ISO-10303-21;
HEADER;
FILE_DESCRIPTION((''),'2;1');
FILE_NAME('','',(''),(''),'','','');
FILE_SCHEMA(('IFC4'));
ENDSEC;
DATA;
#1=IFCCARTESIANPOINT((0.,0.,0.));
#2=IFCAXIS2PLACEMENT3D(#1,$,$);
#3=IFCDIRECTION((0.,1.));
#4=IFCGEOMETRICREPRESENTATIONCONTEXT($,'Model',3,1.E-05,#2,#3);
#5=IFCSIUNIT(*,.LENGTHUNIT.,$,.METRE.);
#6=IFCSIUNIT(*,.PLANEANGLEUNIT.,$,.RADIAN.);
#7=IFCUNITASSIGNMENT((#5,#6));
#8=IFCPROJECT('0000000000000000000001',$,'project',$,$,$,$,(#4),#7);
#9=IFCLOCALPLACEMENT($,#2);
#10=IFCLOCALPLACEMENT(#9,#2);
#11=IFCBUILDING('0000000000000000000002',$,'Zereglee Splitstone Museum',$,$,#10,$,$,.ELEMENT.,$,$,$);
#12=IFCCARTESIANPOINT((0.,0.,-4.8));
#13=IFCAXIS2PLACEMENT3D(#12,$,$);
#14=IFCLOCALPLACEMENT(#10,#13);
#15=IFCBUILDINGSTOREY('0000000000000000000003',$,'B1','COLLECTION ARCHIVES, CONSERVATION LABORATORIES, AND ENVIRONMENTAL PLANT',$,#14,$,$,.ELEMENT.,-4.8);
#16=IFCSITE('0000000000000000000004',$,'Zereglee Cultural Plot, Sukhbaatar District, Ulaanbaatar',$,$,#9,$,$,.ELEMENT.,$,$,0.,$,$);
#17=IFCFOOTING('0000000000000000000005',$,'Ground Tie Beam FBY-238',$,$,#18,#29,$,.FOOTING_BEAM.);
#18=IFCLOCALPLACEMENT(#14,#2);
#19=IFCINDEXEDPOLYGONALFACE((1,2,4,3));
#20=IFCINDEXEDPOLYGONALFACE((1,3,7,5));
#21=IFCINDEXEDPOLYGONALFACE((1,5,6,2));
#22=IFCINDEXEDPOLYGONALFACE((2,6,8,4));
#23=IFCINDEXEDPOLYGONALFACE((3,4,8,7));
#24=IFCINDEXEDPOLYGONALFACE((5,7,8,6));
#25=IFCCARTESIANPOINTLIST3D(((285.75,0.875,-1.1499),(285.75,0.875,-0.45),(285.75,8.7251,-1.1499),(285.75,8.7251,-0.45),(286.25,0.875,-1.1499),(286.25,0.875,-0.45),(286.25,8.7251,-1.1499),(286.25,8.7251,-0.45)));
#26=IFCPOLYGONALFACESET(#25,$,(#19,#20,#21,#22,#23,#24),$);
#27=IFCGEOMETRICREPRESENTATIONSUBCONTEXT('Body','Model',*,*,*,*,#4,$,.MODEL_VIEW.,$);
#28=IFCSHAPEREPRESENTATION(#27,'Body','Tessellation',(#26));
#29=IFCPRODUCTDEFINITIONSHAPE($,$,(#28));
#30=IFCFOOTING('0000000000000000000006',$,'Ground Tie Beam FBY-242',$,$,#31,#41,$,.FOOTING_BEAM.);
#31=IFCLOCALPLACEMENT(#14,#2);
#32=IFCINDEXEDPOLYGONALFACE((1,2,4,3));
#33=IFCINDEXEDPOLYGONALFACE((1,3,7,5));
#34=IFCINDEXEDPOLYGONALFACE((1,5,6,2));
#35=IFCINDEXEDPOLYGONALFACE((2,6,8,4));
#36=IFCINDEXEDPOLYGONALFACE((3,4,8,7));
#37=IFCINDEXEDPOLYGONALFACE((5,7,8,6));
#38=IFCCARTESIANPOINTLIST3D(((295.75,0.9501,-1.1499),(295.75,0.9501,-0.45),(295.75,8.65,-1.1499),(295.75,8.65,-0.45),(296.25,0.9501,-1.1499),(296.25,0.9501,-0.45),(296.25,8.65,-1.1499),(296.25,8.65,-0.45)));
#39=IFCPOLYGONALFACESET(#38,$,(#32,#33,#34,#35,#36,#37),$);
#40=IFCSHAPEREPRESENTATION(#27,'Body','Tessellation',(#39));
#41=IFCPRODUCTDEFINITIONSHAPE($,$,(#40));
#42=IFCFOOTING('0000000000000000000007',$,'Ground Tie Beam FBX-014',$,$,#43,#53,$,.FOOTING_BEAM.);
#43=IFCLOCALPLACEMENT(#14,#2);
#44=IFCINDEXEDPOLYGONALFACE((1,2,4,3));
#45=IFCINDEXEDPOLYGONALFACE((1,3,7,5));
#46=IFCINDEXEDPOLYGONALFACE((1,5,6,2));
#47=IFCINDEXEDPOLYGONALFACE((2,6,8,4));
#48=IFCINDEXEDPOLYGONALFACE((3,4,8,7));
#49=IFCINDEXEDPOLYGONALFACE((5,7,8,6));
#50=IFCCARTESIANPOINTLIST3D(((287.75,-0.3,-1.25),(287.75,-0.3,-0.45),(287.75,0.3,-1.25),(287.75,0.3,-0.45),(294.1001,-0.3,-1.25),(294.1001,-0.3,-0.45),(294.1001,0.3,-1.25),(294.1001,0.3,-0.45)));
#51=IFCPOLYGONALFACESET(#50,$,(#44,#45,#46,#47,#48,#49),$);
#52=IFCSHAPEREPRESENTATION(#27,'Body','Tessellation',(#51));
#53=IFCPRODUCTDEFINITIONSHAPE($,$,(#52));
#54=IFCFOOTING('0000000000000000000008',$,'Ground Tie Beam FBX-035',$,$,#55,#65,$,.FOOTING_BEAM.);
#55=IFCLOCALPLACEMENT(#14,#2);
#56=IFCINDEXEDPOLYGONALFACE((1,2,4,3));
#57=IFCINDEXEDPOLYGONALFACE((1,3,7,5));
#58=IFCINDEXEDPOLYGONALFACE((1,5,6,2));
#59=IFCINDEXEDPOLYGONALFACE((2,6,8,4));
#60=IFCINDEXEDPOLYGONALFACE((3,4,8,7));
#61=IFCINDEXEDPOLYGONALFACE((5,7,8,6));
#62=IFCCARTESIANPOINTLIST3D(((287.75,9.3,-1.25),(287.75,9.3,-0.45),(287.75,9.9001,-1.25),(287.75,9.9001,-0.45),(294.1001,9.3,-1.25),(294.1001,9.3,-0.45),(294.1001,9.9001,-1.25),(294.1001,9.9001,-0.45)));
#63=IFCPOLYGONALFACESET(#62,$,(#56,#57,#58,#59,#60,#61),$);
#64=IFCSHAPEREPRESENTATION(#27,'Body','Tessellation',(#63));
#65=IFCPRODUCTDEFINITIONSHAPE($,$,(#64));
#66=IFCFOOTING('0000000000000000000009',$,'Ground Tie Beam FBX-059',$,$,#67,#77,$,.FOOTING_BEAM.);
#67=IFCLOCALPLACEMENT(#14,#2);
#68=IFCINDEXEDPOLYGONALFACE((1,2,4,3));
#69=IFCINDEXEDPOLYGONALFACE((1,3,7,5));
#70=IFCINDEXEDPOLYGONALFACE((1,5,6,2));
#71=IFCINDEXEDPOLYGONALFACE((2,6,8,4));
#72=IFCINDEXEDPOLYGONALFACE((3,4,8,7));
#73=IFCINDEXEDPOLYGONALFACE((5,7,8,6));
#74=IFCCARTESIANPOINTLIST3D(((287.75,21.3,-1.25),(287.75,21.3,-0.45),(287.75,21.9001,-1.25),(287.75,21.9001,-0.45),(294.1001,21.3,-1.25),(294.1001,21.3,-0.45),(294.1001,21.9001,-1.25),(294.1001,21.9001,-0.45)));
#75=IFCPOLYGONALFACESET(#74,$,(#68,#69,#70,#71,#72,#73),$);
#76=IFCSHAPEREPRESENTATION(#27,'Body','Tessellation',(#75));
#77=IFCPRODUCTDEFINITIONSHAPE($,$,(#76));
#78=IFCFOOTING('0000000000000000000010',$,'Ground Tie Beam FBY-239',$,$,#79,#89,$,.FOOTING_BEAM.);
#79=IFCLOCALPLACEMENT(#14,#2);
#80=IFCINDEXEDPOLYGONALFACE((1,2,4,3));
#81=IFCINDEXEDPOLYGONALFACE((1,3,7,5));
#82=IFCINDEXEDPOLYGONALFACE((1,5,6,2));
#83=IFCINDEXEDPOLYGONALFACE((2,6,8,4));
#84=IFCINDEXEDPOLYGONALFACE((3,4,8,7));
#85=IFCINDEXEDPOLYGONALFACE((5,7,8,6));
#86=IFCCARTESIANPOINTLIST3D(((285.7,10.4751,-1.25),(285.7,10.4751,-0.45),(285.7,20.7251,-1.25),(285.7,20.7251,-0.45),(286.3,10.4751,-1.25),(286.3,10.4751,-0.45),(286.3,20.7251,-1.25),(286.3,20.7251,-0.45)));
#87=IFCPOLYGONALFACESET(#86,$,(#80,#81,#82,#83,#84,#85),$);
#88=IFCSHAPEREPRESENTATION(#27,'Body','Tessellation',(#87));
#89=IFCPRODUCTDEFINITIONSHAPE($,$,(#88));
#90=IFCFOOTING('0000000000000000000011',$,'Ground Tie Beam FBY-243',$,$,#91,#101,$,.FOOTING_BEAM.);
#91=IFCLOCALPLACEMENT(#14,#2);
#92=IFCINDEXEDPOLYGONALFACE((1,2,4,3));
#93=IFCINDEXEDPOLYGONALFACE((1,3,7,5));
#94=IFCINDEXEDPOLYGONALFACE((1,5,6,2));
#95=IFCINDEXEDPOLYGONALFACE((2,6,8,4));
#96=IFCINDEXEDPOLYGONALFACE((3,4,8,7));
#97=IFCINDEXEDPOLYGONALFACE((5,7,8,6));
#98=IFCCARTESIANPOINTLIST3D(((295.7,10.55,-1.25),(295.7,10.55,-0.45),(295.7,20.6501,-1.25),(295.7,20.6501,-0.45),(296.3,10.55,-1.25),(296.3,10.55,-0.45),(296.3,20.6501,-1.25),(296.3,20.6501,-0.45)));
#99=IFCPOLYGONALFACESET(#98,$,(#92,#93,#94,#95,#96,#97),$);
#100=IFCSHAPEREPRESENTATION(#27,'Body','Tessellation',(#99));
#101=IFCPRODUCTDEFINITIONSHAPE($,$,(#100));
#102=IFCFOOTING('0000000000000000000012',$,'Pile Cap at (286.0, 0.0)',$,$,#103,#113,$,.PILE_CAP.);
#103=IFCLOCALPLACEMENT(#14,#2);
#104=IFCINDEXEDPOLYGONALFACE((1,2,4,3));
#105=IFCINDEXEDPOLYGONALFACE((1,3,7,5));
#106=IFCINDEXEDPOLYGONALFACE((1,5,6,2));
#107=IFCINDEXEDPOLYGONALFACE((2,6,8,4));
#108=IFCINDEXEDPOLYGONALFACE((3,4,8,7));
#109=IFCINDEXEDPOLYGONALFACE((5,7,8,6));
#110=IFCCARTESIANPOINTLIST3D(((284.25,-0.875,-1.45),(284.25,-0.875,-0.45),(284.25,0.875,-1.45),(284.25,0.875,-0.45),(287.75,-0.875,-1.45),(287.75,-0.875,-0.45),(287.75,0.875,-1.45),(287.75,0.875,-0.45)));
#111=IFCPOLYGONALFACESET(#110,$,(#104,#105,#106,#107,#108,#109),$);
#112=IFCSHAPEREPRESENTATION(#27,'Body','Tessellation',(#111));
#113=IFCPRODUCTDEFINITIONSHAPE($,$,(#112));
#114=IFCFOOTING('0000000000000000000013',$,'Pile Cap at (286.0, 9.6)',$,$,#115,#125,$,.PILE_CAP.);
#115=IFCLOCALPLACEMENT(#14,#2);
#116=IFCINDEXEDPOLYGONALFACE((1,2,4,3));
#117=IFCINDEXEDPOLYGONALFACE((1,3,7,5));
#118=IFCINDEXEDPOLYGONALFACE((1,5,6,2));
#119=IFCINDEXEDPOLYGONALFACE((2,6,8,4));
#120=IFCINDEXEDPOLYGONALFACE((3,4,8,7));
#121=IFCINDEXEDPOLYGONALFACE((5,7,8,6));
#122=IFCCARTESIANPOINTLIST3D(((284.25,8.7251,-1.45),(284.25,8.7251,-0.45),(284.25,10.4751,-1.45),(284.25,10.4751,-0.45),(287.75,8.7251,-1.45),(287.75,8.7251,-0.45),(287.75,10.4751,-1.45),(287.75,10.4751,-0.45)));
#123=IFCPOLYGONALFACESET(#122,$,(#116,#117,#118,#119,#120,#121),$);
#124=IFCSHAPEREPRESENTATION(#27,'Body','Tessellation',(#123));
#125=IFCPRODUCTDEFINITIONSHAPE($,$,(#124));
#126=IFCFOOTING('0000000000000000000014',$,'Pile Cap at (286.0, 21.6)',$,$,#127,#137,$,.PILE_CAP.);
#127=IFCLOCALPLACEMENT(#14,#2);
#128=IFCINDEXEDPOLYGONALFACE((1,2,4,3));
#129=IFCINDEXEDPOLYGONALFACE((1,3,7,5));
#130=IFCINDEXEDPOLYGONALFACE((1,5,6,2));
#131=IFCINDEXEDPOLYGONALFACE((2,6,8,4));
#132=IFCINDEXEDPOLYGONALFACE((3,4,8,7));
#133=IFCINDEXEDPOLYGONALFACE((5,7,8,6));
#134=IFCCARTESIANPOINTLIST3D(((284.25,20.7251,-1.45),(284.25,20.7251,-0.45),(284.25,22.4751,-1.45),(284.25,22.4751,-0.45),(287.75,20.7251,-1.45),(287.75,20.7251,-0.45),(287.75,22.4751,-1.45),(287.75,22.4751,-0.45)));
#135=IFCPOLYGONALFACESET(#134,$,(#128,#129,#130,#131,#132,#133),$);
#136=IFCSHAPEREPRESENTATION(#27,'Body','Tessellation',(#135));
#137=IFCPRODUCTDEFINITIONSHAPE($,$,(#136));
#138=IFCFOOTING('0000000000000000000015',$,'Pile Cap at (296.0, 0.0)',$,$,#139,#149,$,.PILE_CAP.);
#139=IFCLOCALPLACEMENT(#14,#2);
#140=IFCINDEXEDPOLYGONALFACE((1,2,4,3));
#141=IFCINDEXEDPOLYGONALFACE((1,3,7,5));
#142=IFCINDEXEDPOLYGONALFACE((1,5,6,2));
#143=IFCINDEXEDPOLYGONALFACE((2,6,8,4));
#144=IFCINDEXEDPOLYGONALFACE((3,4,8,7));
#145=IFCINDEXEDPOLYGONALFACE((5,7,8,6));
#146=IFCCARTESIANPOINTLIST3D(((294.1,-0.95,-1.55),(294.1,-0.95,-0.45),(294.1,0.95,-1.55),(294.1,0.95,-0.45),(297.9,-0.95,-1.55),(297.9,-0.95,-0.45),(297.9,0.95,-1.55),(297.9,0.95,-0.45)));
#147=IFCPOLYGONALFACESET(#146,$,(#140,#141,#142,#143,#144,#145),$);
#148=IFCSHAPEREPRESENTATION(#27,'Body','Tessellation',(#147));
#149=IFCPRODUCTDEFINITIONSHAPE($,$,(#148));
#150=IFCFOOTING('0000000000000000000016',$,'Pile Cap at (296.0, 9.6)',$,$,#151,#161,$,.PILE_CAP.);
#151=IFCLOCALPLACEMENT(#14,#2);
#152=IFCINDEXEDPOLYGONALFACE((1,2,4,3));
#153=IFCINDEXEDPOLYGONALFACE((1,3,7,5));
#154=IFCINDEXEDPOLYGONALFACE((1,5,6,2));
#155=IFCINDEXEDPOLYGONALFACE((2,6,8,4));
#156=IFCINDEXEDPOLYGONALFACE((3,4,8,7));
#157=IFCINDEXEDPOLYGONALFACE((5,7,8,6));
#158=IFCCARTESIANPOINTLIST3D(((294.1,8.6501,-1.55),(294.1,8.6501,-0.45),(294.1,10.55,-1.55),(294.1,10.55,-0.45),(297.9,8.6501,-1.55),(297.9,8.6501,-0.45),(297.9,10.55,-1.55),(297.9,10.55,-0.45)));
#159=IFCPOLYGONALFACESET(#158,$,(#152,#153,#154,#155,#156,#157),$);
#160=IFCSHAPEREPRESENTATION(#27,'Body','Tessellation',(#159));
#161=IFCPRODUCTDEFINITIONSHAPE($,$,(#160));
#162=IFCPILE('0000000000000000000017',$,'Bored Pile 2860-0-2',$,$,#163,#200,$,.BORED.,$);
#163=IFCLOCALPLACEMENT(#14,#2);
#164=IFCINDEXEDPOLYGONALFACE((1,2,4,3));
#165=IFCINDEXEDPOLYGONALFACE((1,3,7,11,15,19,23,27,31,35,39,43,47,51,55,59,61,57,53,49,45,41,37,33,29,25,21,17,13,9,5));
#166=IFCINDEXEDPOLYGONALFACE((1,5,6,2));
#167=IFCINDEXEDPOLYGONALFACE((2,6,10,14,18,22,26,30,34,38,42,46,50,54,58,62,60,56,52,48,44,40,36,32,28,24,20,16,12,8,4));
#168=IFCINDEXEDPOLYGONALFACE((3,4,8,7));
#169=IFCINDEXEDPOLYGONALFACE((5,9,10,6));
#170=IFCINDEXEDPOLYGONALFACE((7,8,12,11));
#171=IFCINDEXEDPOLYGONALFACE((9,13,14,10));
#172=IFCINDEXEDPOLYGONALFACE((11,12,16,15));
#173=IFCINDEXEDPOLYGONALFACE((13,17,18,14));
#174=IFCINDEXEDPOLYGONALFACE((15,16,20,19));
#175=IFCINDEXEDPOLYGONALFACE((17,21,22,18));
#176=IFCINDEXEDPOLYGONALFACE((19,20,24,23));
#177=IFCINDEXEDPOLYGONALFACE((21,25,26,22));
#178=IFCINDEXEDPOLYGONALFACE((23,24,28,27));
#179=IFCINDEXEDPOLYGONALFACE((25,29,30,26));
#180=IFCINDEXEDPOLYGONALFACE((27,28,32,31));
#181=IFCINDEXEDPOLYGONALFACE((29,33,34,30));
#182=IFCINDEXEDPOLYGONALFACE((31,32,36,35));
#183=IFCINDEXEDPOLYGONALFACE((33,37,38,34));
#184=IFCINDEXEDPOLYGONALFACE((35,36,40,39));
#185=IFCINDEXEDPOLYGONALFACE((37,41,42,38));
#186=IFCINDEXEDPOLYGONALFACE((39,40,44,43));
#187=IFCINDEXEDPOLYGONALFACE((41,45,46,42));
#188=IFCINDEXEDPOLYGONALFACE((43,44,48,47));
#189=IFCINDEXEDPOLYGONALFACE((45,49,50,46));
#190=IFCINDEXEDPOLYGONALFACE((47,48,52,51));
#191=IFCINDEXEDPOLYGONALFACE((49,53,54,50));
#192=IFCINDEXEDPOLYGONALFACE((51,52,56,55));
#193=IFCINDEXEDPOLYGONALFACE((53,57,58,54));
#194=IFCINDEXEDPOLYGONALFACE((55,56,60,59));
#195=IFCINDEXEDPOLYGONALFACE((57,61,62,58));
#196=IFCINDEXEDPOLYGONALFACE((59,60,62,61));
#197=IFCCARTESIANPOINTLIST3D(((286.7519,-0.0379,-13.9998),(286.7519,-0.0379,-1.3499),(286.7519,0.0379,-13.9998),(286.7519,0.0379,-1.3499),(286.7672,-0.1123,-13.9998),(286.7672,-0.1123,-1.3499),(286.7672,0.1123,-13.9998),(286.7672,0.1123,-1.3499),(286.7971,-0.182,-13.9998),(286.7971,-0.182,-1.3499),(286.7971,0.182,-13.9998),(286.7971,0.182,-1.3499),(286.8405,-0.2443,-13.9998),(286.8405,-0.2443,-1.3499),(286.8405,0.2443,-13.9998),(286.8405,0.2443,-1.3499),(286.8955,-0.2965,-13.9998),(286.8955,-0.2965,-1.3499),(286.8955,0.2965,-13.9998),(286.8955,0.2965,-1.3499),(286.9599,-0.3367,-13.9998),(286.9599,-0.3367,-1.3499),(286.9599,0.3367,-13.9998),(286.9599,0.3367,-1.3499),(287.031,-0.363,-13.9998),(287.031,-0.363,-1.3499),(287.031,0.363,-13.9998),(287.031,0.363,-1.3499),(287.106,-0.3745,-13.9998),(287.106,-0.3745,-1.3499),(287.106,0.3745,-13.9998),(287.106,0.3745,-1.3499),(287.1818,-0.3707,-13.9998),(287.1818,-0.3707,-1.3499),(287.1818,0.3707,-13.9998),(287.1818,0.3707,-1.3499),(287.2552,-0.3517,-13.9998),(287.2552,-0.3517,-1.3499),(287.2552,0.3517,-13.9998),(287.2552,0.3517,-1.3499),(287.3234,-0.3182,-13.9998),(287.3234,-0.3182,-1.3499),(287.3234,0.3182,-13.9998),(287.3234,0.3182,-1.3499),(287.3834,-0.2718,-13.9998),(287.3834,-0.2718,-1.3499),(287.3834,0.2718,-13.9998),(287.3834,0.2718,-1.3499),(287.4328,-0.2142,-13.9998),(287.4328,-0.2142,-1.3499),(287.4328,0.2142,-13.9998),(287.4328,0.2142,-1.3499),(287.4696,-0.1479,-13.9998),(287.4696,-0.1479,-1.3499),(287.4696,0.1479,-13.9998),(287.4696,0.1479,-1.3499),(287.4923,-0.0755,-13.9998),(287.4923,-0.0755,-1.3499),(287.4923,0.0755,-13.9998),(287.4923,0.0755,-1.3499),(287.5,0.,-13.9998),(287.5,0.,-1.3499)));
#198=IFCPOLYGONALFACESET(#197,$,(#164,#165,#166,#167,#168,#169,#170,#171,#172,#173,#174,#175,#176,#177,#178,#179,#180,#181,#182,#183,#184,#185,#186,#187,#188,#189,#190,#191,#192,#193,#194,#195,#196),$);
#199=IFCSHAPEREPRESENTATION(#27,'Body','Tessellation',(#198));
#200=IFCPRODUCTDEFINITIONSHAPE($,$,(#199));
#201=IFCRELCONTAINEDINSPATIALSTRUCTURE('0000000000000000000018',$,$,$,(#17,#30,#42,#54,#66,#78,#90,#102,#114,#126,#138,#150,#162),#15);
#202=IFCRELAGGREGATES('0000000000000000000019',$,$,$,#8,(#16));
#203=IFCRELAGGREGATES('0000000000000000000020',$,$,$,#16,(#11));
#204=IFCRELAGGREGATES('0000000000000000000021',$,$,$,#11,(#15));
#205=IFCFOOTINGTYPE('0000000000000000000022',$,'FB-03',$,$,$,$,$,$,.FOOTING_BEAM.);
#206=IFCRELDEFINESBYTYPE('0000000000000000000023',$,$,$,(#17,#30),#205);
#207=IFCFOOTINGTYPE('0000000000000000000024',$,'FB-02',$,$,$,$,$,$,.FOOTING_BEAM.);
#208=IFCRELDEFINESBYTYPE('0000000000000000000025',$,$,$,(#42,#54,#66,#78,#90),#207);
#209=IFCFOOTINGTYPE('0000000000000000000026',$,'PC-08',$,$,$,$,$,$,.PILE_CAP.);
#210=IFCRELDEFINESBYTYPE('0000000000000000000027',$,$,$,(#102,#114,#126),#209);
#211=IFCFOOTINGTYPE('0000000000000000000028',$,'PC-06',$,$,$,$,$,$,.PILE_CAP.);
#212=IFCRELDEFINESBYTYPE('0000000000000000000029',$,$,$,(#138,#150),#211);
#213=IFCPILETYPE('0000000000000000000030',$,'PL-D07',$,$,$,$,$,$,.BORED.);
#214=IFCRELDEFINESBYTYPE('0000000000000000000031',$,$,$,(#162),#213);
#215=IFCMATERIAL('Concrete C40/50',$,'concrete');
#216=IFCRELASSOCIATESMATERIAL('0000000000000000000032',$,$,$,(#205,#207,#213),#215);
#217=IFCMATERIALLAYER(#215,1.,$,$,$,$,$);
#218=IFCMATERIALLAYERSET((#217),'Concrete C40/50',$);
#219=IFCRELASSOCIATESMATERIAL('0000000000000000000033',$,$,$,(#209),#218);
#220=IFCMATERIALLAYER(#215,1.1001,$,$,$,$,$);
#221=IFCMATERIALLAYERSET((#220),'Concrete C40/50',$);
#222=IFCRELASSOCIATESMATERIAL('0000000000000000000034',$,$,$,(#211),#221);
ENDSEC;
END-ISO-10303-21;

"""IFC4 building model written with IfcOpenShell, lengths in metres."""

from ifc_helpers import new_model, si_unit, direction, frame, origin, origin_2d, place, context, subcontext, project, spatial, rectangle, circle, extrude, material, layer, layer_set, material_profile, profile_set, type_object, element, save


model = new_model("IFC4")

# Units and contexts
model_context = context("Model", 3, precision=1e-05, world=origin(), true_north=direction((0.0, 1.0)))
body_context = subcontext(model_context, "Body", "Model", "MODEL_VIEW")
ifc_project = project(units=[si_unit("LENGTHUNIT", "METRE"), si_unit("PLANEANGLEUNIT", "RADIAN")], contexts=[model_context])

# Site, building, storey
site_placement = place(None, origin())
site = spatial("IfcSite", under=ifc_project, at=site_placement, Name="Zereglee Cultural Plot, Sukhbaatar District, Ulaanbaatar", CompositionType="ELEMENT", RefElevation=0.0)
building_placement = place(site_placement, origin())
building = spatial("IfcBuilding", under=site, at=building_placement, Name="Zereglee Splitstone Museum", CompositionType="ELEMENT")
storey_placement = place(building_placement, frame((0.0, 0.0, -4.8)))
storey = spatial("IfcBuildingStorey", under=building, at=storey_placement, Name="B1", Description="COLLECTION ARCHIVES, CONSERVATION LABORATORIES, AND ENVIRONMENTAL PLANT", CompositionType="ELEMENT", Elevation=-4.8)

# Footings
ifc_material_1 = material(Name="Concrete C40/50", Category="concrete")
footing_type_1 = type_object("IfcFootingType", Name="FB-03", PredefinedType="FOOTING_BEAM", material=ifc_material_1)
footing_1_placement = place(storey_placement, frame((286.0, 4.8, -1.1499), z_axis=(0.0, 0.0, 1.0), x_axis=(0.0, 1.0, 0.0)))
element("IfcFooting", 1, at=footing_1_placement, inside=storey, type_object=footing_type_1, Name="Ground Tie Beam FBY-238", PredefinedType="FOOTING_BEAM", context=body_context, shape_type="SweptSolid", body=[
    extrude(rectangle(XDim=7.8501, YDim=0.5, at=origin_2d()), origin(), (0.0, 0.0, 1.0), 0.7),
])
footing_2_placement = place(storey_placement, frame((296.0, 4.8, -1.1499), z_axis=(0.0, 0.0, 1.0), x_axis=(0.0, 1.0, 0.0)))
element("IfcFooting", 2, at=footing_2_placement, inside=storey, type_object=footing_type_1, Name="Ground Tie Beam FBY-242", PredefinedType="FOOTING_BEAM", context=body_context, shape_type="SweptSolid", body=[
    extrude(rectangle(XDim=7.7, YDim=0.5, at=origin_2d()), origin(), (0.0, 0.0, 1.0), 0.7),
])
footing_type_2 = type_object("IfcFootingType", Name="FB-02", PredefinedType="FOOTING_BEAM", material=ifc_material_1)
for number, where, z_axis, x_axis, name in (
    (3, (290.925, 0.0, -1.25), (0.0, 0.0, 1.0), (1.0, 0.0, 0.0), "Ground Tie Beam FBX-014"),
    (4, (290.925, 9.6001, -1.25), (0.0, 0.0, 1.0), (1.0, 0.0, 0.0), "Ground Tie Beam FBX-035"),
    (5, (290.925, 21.6001, -1.25), (0.0, 0.0, 1.0), (1.0, 0.0, 0.0), "Ground Tie Beam FBX-059"),
):
    element("IfcFooting", number, at=place(storey_placement, frame(where, z_axis=z_axis, x_axis=x_axis)), inside=storey, type_object=footing_type_2, Name=name, PredefinedType="FOOTING_BEAM", context=body_context, shape_type="SweptSolid", body=[
        extrude(rectangle(XDim=6.3501, YDim=0.6001, at=origin_2d()), origin(), (0.0, 0.0, 1.0), 0.8),
    ])
footing_3_placement = place(storey_placement, frame((286.0, 15.6001, -1.25), z_axis=(0.0, 0.0, 1.0), x_axis=(0.0, 1.0, 0.0)))
element("IfcFooting", 6, at=footing_3_placement, inside=storey, type_object=footing_type_2, Name="Ground Tie Beam FBY-239", PredefinedType="FOOTING_BEAM", context=body_context, shape_type="SweptSolid", body=[
    extrude(rectangle(XDim=10.25, YDim=0.6001, at=origin_2d()), origin(), (0.0, 0.0, 1.0), 0.8),
])
footing_4_placement = place(storey_placement, frame((296.0, 15.6001, -1.25), z_axis=(0.0, 0.0, 1.0), x_axis=(0.0, 1.0, 0.0)))
element("IfcFooting", 7, at=footing_4_placement, inside=storey, type_object=footing_type_2, Name="Ground Tie Beam FBY-243", PredefinedType="FOOTING_BEAM", context=body_context, shape_type="SweptSolid", body=[
    extrude(rectangle(XDim=10.1001, YDim=0.6001, at=origin_2d()), origin(), (0.0, 0.0, 1.0), 0.8),
])
ifc_layer_1 = layer(ifc_material_1, 1.0)
ifc_layer_set_1 = layer_set([ifc_layer_1], Name="Concrete C40/50")
footing_type_3 = type_object("IfcFootingType", Name="PC-08", PredefinedType="PILE_CAP", material=ifc_layer_set_1)
for number, where, z_axis, x_axis, name in (
    (8, (286.0, 0.0, -1.45), (0.0, 0.0, 1.0), (1.0, 0.0, 0.0), "Pile Cap at (286.0, 0.0)"),
    (9, (286.0, 9.6001, -1.45), (0.0, 0.0, 1.0), (1.0, 0.0, 0.0), "Pile Cap at (286.0, 9.6)"),
    (10, (286.0, 21.6001, -1.45), (0.0, 0.0, 1.0), (1.0, 0.0, 0.0), "Pile Cap at (286.0, 21.6)"),
):
    element("IfcFooting", number, at=place(storey_placement, frame(where, z_axis=z_axis, x_axis=x_axis)), inside=storey, type_object=footing_type_3, Name=name, PredefinedType="PILE_CAP", context=body_context, shape_type="SweptSolid", body=[
        extrude(rectangle(XDim=3.5, YDim=1.75, at=origin_2d()), origin(), (0.0, 0.0, 1.0), 1.0),
    ])
ifc_layer_2 = layer(ifc_material_1, 1.1001)
ifc_layer_set_2 = layer_set([ifc_layer_2], Name="Concrete C40/50")
footing_type_4 = type_object("IfcFootingType", Name="PC-06", PredefinedType="PILE_CAP", material=ifc_layer_set_2)
for number, where, z_axis, x_axis, name in (
    (11, (296.0, 0.0, -1.55), (0.0, 0.0, 1.0), (1.0, 0.0, 0.0), "Pile Cap at (296.0, 0.0)"),
    (12, (296.0, 9.6001, -1.55), (0.0, 0.0, 1.0), (1.0, 0.0, 0.0), "Pile Cap at (296.0, 9.6)"),
):
    element("IfcFooting", number, at=place(storey_placement, frame(where, z_axis=z_axis, x_axis=x_axis)), inside=storey, type_object=footing_type_4, Name=name, PredefinedType="PILE_CAP", context=body_context, shape_type="SweptSolid", body=[
        extrude(rectangle(XDim=3.8, YDim=1.8999, at=origin_2d()), origin(), (0.0, 0.0, 1.0), 1.1001),
    ])

# Pile
ifc_material_profile_1 = material_profile(ifc_material_1, circle(Radius=0.375, at=origin_2d()), Name="PILE D750")
ifc_profile_set_1 = profile_set([ifc_material_profile_1], Name="Concrete C40/50")
pile_type = type_object("IfcPileType", Name="PL-D07", PredefinedType="BORED", material=ifc_profile_set_1)
for number, where, z_axis, x_axis, name in (
    (13, (287.125, 0.0, -1.3499), (0.0, 0.0, -1.0), (1.0, 0.0, 0.0), "Bored Pile 2860-0-2"),
):
    element("IfcPile", number, at=place(storey_placement, frame(where, z_axis=z_axis, x_axis=x_axis)), inside=storey, type_object=pile_type, Name=name, PredefinedType="BORED", context=body_context, shape_type="SweptSolid", body=[
        extrude(circle(Radius=0.375, at=origin_2d()), origin(), (0.0, 0.0, 1.0), 12.6499),
    ])

save(model, "model.ifc")
